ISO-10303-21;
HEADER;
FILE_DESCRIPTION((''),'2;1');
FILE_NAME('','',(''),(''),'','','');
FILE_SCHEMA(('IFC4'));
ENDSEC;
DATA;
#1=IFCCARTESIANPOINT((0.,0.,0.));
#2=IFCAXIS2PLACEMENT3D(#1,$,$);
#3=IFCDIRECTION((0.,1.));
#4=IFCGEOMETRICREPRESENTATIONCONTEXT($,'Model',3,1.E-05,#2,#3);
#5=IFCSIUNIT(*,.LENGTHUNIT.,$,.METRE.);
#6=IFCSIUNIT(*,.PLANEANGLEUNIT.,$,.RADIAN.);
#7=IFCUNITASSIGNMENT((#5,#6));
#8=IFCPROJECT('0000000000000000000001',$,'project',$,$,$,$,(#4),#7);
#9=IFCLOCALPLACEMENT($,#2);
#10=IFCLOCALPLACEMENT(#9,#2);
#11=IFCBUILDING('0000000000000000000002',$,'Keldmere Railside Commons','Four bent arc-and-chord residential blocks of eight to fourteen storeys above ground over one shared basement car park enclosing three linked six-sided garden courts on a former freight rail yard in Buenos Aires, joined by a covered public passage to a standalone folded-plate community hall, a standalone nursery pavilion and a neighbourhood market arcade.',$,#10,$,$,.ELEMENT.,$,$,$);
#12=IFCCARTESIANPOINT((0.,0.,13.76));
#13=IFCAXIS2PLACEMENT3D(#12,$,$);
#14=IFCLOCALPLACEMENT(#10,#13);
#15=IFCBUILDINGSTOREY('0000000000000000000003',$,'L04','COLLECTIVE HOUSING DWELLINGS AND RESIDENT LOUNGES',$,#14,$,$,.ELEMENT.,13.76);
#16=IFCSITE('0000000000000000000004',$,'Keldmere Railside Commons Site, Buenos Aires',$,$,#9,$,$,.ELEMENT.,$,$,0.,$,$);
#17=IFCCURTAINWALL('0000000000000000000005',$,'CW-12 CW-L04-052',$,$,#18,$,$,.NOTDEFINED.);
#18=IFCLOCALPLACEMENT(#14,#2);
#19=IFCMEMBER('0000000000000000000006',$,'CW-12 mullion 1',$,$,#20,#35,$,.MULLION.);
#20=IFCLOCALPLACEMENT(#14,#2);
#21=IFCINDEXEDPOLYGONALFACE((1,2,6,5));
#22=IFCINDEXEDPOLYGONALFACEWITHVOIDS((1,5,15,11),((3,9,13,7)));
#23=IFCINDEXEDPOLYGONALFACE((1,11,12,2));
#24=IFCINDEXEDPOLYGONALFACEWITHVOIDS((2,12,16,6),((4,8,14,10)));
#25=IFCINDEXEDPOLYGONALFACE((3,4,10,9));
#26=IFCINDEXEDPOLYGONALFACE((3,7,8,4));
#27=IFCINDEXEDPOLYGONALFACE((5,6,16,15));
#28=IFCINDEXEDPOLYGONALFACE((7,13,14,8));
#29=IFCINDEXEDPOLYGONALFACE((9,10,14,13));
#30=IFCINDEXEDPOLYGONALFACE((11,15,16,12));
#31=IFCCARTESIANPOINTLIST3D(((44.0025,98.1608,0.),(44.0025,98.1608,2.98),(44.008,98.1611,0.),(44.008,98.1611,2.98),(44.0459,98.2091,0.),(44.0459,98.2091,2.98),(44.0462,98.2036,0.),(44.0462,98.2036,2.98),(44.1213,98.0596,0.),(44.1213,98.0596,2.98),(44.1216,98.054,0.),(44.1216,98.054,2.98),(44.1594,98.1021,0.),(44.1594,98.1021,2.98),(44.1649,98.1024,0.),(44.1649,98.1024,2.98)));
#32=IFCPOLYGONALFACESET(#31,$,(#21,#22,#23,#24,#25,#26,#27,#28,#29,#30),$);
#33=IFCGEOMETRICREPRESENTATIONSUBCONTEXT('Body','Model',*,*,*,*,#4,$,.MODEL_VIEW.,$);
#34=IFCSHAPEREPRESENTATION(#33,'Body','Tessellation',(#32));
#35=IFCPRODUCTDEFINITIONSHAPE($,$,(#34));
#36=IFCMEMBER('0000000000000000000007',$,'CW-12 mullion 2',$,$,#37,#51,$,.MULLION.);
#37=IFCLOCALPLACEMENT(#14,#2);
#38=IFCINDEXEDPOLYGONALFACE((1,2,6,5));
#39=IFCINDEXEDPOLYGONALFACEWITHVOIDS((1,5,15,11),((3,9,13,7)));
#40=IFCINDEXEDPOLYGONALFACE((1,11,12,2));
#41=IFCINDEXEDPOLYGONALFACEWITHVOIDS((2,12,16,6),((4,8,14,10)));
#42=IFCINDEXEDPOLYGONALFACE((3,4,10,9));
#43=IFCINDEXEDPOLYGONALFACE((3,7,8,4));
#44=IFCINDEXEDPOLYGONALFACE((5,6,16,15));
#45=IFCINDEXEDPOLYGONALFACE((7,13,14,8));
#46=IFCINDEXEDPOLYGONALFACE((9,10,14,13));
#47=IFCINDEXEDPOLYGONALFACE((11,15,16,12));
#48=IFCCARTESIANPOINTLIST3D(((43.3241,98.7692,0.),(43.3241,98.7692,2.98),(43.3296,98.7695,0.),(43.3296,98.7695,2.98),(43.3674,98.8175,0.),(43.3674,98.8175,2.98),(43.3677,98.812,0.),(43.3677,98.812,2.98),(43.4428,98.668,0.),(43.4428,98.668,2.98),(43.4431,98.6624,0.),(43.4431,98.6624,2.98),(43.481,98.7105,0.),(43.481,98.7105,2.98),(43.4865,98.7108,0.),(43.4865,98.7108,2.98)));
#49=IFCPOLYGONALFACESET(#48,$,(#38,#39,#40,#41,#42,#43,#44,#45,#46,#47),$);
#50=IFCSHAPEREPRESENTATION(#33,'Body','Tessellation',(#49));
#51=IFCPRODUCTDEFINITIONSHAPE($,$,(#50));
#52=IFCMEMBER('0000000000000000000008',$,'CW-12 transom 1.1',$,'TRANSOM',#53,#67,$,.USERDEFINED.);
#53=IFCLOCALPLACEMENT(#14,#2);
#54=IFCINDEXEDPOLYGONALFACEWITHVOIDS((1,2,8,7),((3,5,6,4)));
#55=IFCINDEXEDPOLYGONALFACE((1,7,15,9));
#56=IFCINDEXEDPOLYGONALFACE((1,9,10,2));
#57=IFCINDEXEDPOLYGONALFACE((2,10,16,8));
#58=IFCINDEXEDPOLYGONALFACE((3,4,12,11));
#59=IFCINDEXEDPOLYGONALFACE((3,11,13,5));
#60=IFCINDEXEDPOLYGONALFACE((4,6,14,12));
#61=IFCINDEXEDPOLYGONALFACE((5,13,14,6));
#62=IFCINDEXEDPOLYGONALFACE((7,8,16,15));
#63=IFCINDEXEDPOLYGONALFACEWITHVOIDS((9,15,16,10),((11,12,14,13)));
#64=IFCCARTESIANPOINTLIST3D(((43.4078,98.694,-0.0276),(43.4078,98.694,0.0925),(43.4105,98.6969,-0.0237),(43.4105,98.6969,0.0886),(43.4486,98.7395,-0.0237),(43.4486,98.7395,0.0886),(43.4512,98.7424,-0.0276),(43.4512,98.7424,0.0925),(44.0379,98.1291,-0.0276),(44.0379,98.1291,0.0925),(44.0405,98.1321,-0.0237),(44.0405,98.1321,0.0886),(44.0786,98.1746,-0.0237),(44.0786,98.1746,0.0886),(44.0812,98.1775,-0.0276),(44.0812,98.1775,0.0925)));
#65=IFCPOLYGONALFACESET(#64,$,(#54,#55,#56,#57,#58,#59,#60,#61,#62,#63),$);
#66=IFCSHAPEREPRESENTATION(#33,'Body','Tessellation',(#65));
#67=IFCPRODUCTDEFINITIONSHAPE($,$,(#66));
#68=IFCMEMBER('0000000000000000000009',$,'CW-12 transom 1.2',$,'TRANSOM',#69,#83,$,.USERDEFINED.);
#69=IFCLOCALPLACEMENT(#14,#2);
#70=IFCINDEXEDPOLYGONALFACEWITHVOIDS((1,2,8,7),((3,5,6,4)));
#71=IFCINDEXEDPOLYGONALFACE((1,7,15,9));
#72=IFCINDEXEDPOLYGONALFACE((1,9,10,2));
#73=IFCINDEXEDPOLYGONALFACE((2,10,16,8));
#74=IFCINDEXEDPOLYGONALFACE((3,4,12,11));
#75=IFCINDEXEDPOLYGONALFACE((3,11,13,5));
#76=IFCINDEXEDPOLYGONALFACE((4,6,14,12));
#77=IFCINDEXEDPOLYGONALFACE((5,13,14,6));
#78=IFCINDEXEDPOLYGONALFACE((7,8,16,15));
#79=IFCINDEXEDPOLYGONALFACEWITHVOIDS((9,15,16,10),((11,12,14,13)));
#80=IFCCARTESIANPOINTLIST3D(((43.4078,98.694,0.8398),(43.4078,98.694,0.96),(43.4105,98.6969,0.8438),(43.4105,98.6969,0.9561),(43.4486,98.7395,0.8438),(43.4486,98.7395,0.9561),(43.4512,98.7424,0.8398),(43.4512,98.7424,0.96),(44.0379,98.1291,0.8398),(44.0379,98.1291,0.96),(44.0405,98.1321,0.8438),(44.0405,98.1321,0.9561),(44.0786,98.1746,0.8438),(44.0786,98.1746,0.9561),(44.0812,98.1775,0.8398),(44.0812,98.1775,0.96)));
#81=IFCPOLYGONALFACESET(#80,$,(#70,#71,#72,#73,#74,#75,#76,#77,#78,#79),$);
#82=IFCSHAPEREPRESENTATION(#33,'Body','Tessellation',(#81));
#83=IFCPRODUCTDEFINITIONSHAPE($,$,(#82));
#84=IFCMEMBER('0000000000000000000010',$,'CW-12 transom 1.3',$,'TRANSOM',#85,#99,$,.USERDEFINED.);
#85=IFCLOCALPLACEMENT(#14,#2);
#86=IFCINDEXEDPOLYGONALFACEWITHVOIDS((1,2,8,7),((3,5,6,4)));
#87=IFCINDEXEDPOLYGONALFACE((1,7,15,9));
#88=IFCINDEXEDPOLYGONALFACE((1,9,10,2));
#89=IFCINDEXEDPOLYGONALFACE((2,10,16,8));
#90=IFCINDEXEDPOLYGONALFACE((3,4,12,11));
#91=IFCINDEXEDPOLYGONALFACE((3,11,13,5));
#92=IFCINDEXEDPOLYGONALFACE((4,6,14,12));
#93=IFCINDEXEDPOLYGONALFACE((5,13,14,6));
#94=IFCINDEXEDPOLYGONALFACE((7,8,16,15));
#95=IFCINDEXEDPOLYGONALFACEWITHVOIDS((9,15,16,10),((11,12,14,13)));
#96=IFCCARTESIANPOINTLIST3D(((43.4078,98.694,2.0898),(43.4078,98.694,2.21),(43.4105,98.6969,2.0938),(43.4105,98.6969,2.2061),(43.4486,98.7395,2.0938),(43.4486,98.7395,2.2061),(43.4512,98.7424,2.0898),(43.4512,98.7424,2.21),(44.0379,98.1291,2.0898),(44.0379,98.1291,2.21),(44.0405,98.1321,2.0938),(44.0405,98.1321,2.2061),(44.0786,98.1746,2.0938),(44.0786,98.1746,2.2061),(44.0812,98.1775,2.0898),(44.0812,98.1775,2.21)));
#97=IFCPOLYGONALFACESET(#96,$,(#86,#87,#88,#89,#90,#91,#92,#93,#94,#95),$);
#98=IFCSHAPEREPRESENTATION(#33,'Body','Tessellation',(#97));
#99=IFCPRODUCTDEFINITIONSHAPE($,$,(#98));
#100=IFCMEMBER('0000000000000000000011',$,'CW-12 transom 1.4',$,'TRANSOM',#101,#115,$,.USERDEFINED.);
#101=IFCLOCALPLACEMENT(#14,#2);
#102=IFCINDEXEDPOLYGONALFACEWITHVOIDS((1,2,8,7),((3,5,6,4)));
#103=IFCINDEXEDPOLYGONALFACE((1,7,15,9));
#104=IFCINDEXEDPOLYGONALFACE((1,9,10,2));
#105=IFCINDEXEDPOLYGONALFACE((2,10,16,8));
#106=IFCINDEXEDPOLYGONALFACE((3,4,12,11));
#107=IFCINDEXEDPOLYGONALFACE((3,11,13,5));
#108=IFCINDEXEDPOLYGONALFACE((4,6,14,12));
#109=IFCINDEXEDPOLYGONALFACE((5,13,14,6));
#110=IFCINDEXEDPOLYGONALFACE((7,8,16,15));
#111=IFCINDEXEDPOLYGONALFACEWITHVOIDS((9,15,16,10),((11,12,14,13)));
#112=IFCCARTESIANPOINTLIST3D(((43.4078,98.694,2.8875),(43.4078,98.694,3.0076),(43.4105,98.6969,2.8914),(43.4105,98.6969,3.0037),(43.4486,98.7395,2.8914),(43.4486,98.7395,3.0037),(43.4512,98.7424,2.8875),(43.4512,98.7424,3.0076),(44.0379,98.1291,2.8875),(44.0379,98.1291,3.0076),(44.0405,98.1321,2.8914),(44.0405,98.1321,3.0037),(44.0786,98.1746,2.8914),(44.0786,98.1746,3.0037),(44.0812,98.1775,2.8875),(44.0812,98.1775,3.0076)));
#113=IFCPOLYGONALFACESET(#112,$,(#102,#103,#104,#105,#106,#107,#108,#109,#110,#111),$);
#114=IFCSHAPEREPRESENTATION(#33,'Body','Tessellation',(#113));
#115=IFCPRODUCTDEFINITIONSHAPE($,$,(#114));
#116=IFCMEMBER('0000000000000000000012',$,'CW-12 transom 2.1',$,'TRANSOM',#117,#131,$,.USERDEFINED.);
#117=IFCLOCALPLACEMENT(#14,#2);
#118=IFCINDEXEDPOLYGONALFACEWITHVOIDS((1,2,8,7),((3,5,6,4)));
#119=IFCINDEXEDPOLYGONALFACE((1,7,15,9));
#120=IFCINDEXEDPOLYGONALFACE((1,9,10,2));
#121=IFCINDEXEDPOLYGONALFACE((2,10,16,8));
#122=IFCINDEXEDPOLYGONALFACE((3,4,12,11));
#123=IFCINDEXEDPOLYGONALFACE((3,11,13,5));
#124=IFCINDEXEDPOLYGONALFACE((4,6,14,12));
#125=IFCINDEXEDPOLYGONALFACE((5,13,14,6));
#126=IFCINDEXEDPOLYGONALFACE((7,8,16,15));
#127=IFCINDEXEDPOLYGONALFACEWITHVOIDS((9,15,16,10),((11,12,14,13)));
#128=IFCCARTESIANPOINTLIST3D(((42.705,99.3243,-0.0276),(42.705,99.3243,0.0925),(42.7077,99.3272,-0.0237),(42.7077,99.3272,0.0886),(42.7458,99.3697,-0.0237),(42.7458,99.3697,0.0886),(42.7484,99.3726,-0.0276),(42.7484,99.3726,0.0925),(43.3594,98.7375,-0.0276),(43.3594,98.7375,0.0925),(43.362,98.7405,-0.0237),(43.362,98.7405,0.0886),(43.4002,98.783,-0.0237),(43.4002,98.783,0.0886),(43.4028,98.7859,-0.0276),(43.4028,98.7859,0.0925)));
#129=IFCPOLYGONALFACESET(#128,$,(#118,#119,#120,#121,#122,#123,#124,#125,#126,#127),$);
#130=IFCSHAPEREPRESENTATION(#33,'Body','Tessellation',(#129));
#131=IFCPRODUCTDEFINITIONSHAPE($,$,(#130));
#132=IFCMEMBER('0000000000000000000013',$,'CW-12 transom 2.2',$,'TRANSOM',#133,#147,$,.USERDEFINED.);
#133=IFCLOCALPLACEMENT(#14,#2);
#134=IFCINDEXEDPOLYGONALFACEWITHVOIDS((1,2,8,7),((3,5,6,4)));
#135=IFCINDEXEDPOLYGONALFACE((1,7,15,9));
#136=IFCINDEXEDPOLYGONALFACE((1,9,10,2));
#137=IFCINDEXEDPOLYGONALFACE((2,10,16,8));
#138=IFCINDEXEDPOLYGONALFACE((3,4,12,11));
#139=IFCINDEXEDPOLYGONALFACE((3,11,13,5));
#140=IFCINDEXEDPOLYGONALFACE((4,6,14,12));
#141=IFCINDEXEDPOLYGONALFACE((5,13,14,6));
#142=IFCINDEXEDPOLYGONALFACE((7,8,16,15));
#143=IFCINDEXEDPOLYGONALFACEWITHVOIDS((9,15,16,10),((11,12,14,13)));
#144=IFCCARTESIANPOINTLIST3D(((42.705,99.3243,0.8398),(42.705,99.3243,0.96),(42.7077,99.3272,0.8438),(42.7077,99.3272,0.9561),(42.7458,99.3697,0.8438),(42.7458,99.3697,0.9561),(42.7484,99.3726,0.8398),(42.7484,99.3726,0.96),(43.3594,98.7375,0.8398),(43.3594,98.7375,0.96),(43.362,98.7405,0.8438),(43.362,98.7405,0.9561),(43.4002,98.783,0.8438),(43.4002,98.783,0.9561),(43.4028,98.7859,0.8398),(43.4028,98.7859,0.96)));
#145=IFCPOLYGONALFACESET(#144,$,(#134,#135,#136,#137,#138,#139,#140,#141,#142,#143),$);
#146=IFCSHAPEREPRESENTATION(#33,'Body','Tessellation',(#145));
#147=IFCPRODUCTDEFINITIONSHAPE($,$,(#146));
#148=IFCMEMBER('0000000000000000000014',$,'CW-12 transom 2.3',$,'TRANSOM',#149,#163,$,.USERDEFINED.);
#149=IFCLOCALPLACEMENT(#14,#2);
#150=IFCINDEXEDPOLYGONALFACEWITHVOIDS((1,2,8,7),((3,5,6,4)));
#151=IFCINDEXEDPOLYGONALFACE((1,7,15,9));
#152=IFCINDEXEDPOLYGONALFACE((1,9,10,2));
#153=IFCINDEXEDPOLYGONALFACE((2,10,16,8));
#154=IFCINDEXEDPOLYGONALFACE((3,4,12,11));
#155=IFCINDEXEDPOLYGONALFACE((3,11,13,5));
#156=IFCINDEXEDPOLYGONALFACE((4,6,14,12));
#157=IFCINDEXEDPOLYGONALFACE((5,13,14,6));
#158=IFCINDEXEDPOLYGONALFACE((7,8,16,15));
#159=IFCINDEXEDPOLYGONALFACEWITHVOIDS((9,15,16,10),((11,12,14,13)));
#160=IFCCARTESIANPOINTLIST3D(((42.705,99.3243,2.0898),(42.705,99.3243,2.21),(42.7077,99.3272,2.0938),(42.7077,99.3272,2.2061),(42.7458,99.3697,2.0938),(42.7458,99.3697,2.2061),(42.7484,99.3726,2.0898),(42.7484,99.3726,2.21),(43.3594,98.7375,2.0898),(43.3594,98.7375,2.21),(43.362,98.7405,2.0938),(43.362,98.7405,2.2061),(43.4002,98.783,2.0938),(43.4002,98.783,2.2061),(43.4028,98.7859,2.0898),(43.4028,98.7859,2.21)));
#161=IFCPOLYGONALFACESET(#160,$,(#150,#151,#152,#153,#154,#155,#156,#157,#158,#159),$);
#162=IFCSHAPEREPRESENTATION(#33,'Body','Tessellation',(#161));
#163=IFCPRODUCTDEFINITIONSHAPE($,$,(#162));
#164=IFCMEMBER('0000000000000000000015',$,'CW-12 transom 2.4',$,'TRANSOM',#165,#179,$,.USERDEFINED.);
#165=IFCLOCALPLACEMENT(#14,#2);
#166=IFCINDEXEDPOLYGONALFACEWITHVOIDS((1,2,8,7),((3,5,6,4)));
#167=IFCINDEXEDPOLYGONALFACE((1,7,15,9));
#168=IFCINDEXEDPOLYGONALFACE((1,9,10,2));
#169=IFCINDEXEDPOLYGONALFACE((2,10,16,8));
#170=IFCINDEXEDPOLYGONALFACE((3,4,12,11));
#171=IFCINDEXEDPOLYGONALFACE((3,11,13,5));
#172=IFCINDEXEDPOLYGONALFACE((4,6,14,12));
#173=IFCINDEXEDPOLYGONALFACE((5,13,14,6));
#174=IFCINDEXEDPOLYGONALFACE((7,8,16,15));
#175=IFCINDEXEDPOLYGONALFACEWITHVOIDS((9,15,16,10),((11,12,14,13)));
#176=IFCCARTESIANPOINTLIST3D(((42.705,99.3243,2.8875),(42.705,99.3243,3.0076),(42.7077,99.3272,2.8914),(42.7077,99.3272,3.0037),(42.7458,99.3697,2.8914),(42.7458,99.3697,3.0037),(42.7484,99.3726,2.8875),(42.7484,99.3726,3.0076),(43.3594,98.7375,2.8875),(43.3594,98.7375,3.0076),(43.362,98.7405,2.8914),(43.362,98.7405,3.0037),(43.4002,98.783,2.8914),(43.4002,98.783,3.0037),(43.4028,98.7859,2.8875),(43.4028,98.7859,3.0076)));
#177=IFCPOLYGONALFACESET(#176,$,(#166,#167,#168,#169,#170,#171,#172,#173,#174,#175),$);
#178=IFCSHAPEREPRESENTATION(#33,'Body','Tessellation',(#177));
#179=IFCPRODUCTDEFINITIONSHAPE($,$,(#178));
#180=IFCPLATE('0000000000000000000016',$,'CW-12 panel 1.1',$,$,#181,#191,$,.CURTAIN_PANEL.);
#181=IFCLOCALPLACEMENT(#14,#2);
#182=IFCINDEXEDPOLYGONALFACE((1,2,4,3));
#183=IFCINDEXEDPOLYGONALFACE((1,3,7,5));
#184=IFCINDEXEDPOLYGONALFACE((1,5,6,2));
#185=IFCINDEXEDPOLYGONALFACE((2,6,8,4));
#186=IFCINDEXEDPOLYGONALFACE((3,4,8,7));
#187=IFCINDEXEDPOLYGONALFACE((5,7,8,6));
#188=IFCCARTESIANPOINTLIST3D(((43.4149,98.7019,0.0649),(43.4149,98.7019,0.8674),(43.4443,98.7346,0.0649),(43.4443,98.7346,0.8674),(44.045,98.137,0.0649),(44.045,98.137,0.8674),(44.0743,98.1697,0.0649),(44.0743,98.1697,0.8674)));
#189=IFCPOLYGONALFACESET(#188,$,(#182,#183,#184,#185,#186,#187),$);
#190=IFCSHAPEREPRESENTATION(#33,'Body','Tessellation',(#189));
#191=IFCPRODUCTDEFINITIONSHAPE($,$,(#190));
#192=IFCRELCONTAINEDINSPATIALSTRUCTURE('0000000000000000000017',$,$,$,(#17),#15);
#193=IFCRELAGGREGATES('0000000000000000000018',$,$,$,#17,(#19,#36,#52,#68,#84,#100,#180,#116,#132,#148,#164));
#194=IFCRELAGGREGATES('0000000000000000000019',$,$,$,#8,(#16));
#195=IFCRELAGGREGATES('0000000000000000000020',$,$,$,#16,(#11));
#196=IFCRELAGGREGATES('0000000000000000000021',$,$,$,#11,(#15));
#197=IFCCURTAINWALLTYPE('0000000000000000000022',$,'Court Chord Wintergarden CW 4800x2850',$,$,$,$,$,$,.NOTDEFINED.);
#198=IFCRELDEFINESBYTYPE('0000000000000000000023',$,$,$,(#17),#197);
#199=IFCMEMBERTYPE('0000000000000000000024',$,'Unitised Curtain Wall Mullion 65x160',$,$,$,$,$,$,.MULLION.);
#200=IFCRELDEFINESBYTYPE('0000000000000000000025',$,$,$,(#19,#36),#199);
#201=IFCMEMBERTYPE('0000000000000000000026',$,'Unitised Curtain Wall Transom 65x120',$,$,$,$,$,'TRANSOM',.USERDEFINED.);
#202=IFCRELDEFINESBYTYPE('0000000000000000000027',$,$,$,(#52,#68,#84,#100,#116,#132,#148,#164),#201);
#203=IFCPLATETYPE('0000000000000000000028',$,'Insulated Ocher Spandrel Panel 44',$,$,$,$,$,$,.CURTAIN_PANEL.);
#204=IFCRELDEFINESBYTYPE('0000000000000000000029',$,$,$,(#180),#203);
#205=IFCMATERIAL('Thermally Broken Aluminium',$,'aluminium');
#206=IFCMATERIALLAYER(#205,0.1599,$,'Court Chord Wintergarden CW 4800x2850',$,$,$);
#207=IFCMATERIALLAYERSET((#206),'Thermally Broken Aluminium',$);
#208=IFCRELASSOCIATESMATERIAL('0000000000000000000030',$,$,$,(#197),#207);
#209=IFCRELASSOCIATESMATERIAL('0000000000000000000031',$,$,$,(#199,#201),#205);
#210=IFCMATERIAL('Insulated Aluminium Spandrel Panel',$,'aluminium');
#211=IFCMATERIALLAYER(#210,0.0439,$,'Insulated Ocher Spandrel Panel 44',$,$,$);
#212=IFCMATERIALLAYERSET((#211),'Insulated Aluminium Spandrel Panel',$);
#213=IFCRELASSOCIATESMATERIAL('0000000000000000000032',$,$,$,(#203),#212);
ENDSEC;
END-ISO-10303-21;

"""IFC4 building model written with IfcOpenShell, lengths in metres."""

from ifc_helpers import new_model, si_unit, direction, frame, origin, origin_2d, place, context, subcontext, project, spatial, rectangle, hollow_rectangle, extrude, material, layer, layer_set, material_profile, profile_set, type_object, element, aggregate, save


model = new_model("IFC4")

# Units and contexts
model_context = context("Model", 3, precision=1e-05, world=origin(), true_north=direction((0.0, 1.0)))
body_context = subcontext(model_context, "Body", "Model", "MODEL_VIEW")
ifc_project = project(units=[si_unit("LENGTHUNIT", "METRE"), si_unit("PLANEANGLEUNIT", "RADIAN")], contexts=[model_context])

# Site, building, storey
site_placement = place(None, origin())
site = spatial("IfcSite", under=ifc_project, at=site_placement, Name="Keldmere Railside Commons Site, Buenos Aires", CompositionType="ELEMENT", RefElevation=0.0)
building_placement = place(site_placement, origin())
building = spatial("IfcBuilding", under=site, at=building_placement, Name="Keldmere Railside Commons", Description="Four bent arc-and-chord residential blocks of eight to fourteen storeys above ground over one shared basement car park enclosing three linked six-sided garden courts on a former freight rail yard in Buenos Aires, joined by a covered public passage to a standalone folded-plate community hall, a standalone nursery pavilion and a neighbourhood market arcade.", CompositionType="ELEMENT")
storey_placement = place(building_placement, frame((0.0, 0.0, 13.76)))
storey = spatial("IfcBuildingStorey", under=building, at=storey_placement, Name="L04", Description="COLLECTIVE HOUSING DWELLINGS AND RESIDENT LOUNGES", CompositionType="ELEMENT", Elevation=13.76)

# Curtain wall, members, plate
ifc_material_1 = material(Name="Thermally Broken Aluminium", Category="aluminium")
ifc_layer_1 = layer(ifc_material_1, 0.1599, Name="Court Chord Wintergarden CW 4800x2850")
ifc_layer_set_1 = layer_set([ifc_layer_1], Name="Thermally Broken Aluminium")
curtain_wall_type = type_object("IfcCurtainWallType", Name="Court Chord Wintergarden CW 4800x2850", PredefinedType="NOTDEFINED", material=ifc_layer_set_1)
curtain_wall_placement = place(storey_placement, origin())
curtain_wall = element("IfcCurtainWall", 1, at=curtain_wall_placement, inside=storey, type_object=curtain_wall_type, Name="CW-12 CW-L04-052", PredefinedType="NOTDEFINED")
ifc_material_profile_1 = material_profile(ifc_material_1, hollow_rectangle(XDim=0.0649, YDim=0.1599, WallThickness=0.0039, at=origin_2d()), Name="ALU-MULL-65x160")
ifc_profile_set_1 = profile_set([ifc_material_profile_1], Name="Thermally Broken Aluminium")
member_type_1 = type_object("IfcMemberType", Name="Unitised Curtain Wall Mullion 65x160", PredefinedType="MULLION", material=ifc_profile_set_1)
member_1_placement = place(storey_placement, frame((44.0837, 98.1316, 0.0), z_axis=(0.0, 0.0, 1.0), x_axis=(-0.667559, -0.744557, 0.0)))
member_1 = element("IfcMember", 2, at=member_1_placement, type_object=member_type_1, Name="CW-12 mullion 1", PredefinedType="MULLION", context=body_context, shape_type="SweptSolid", body=[
    extrude(hollow_rectangle(XDim=0.0649, YDim=0.1599, WallThickness=0.0039, at=origin_2d()), origin(), (0.0, 0.0, 1.0), 2.98),
])
member_2_placement = place(storey_placement, frame((43.4053, 98.74, 0.0), z_axis=(0.0, 0.0, 1.0), x_axis=(-0.667559, -0.744557, 0.0)))
member_2 = element("IfcMember", 3, at=member_2_placement, type_object=member_type_1, Name="CW-12 mullion 2", PredefinedType="MULLION", context=body_context, shape_type="SweptSolid", body=[
    extrude(hollow_rectangle(XDim=0.0649, YDim=0.1599, WallThickness=0.0039, at=origin_2d()), origin(), (0.0, 0.0, 1.0), 2.98),
])
ifc_material_profile_2 = material_profile(ifc_material_1, hollow_rectangle(XDim=0.0649, YDim=0.1201, WallThickness=0.0039, at=origin_2d()), Name="ALU-TRAN-65x120")
ifc_profile_set_2 = profile_set([ifc_material_profile_2], Name="Thermally Broken Aluminium")
member_type_2 = type_object("IfcMemberType", Name="Unitised Curtain Wall Transom 65x120", ElementType="TRANSOM", PredefinedType="USERDEFINED", material=ifc_profile_set_2)
member_3_placement = place(storey_placement, frame((44.0596, 98.1533, 0.0325), z_axis=(-0.744569, 0.667545, 0.0), x_axis=(-0.667545, -0.744569, 0.0)))
member_3 = element("IfcMember", 4, at=member_3_placement, type_object=member_type_2, Name="CW-12 transom 1.1", ObjectType="TRANSOM", PredefinedType="USERDEFINED", context=body_context, shape_type="SweptSolid", body=[
    extrude(hollow_rectangle(XDim=0.0649, YDim=0.1201, WallThickness=0.0039, at=origin_2d()), origin(), (0.0, 0.0, 1.0), 0.8462),
])
member_4_placement = place(storey_placement, frame((44.0596, 98.1533, 0.8999), z_axis=(-0.744569, 0.667545, 0.0), x_axis=(-0.667545, -0.744569, 0.0)))
member_4 = element("IfcMember", 5, at=member_4_placement, type_object=member_type_2, Name="CW-12 transom 1.2", ObjectType="TRANSOM", PredefinedType="USERDEFINED", context=body_context, shape_type="SweptSolid", body=[
    extrude(hollow_rectangle(XDim=0.0649, YDim=0.1201, WallThickness=0.0039, at=origin_2d()), origin(), (0.0, 0.0, 1.0), 0.8462),
])
member_5_placement = place(storey_placement, frame((44.0596, 98.1533, 2.1499), z_axis=(-0.744569, 0.667545, 0.0), x_axis=(-0.667545, -0.744569, 0.0)))
member_5 = element("IfcMember", 6, at=member_5_placement, type_object=member_type_2, Name="CW-12 transom 1.3", ObjectType="TRANSOM", PredefinedType="USERDEFINED", context=body_context, shape_type="SweptSolid", body=[
    extrude(hollow_rectangle(XDim=0.0649, YDim=0.1201, WallThickness=0.0039, at=origin_2d()), origin(), (0.0, 0.0, 1.0), 0.8462),
])
member_6_placement = place(storey_placement, frame((44.0596, 98.1533, 2.9475), z_axis=(-0.744569, 0.667545, 0.0), x_axis=(-0.667545, -0.744569, 0.0)))
member_6 = element("IfcMember", 7, at=member_6_placement, type_object=member_type_2, Name="CW-12 transom 1.4", ObjectType="TRANSOM", PredefinedType="USERDEFINED", context=body_context, shape_type="SweptSolid", body=[
    extrude(hollow_rectangle(XDim=0.0649, YDim=0.1201, WallThickness=0.0039, at=origin_2d()), origin(), (0.0, 0.0, 1.0), 0.8462),
])
member_7_placement = place(storey_placement, frame((43.3811, 98.7617, 0.0325), z_axis=(-0.744536, 0.667582, 0.0), x_axis=(-0.667582, -0.744536, 0.0)))
member_7 = element("IfcMember", 8, at=member_7_placement, type_object=member_type_2, Name="CW-12 transom 2.1", ObjectType="TRANSOM", PredefinedType="USERDEFINED", context=body_context, shape_type="SweptSolid", body=[
    extrude(hollow_rectangle(XDim=0.0649, YDim=0.1201, WallThickness=0.0039, at=origin_2d()), origin(), (0.0, 0.0, 1.0), 0.8789),
])
member_8_placement = place(storey_placement, frame((43.3811, 98.7617, 0.8999), z_axis=(-0.744536, 0.667582, 0.0), x_axis=(-0.667582, -0.744536, 0.0)))
member_8 = element("IfcMember", 9, at=member_8_placement, type_object=member_type_2, Name="CW-12 transom 2.2", ObjectType="TRANSOM", PredefinedType="USERDEFINED", context=body_context, shape_type="SweptSolid", body=[
    extrude(hollow_rectangle(XDim=0.0649, YDim=0.1201, WallThickness=0.0039, at=origin_2d()), origin(), (0.0, 0.0, 1.0), 0.8789),
])
member_9_placement = place(storey_placement, frame((43.3811, 98.7617, 2.1499), z_axis=(-0.744536, 0.667582, 0.0), x_axis=(-0.667582, -0.744536, 0.0)))
member_9 = element("IfcMember", 10, at=member_9_placement, type_object=member_type_2, Name="CW-12 transom 2.3", ObjectType="TRANSOM", PredefinedType="USERDEFINED", context=body_context, shape_type="SweptSolid", body=[
    extrude(hollow_rectangle(XDim=0.0649, YDim=0.1201, WallThickness=0.0039, at=origin_2d()), origin(), (0.0, 0.0, 1.0), 0.8789),
])
member_10_placement = place(storey_placement, frame((43.3811, 98.7617, 2.9475), z_axis=(-0.744536, 0.667582, 0.0), x_axis=(-0.667582, -0.744536, 0.0)))
member_10 = element("IfcMember", 11, at=member_10_placement, type_object=member_type_2, Name="CW-12 transom 2.4", ObjectType="TRANSOM", PredefinedType="USERDEFINED", context=body_context, shape_type="SweptSolid", body=[
    extrude(hollow_rectangle(XDim=0.0649, YDim=0.1201, WallThickness=0.0039, at=origin_2d()), origin(), (0.0, 0.0, 1.0), 0.8789),
])
ifc_material_2 = material(Name="Insulated Aluminium Spandrel Panel", Category="aluminium")
ifc_layer_2 = layer(ifc_material_2, 0.0439, Name="Insulated Ocher Spandrel Panel 44")
ifc_layer_set_2 = layer_set([ifc_layer_2], Name="Insulated Aluminium Spandrel Panel")
plate_type = type_object("IfcPlateType", Name="Insulated Ocher Spandrel Panel 44", PredefinedType="CURTAIN_PANEL", material=ifc_layer_set_2)
plate_1_placement = place(storey_placement, frame((43.7446, 98.4358, 0.0649), z_axis=(0.0, 0.0, 1.0), x_axis=(-0.744557, 0.667559, 0.0)))
plate_1 = element("IfcPlate", 12, at=plate_1_placement, type_object=plate_type, Name="CW-12 panel 1.1", PredefinedType="CURTAIN_PANEL", context=body_context, shape_type="SweptSolid", body=[
    extrude(rectangle(XDim=0.8462, YDim=0.0439, at=origin_2d()), origin(), (0.0, 0.0, 1.0), 0.8025),
])
aggregate(curtain_wall, [member_1, member_2, member_3, member_4, member_5, member_6, plate_1, member_7, member_8, member_9, member_10])

save(model, "model.ifc")
